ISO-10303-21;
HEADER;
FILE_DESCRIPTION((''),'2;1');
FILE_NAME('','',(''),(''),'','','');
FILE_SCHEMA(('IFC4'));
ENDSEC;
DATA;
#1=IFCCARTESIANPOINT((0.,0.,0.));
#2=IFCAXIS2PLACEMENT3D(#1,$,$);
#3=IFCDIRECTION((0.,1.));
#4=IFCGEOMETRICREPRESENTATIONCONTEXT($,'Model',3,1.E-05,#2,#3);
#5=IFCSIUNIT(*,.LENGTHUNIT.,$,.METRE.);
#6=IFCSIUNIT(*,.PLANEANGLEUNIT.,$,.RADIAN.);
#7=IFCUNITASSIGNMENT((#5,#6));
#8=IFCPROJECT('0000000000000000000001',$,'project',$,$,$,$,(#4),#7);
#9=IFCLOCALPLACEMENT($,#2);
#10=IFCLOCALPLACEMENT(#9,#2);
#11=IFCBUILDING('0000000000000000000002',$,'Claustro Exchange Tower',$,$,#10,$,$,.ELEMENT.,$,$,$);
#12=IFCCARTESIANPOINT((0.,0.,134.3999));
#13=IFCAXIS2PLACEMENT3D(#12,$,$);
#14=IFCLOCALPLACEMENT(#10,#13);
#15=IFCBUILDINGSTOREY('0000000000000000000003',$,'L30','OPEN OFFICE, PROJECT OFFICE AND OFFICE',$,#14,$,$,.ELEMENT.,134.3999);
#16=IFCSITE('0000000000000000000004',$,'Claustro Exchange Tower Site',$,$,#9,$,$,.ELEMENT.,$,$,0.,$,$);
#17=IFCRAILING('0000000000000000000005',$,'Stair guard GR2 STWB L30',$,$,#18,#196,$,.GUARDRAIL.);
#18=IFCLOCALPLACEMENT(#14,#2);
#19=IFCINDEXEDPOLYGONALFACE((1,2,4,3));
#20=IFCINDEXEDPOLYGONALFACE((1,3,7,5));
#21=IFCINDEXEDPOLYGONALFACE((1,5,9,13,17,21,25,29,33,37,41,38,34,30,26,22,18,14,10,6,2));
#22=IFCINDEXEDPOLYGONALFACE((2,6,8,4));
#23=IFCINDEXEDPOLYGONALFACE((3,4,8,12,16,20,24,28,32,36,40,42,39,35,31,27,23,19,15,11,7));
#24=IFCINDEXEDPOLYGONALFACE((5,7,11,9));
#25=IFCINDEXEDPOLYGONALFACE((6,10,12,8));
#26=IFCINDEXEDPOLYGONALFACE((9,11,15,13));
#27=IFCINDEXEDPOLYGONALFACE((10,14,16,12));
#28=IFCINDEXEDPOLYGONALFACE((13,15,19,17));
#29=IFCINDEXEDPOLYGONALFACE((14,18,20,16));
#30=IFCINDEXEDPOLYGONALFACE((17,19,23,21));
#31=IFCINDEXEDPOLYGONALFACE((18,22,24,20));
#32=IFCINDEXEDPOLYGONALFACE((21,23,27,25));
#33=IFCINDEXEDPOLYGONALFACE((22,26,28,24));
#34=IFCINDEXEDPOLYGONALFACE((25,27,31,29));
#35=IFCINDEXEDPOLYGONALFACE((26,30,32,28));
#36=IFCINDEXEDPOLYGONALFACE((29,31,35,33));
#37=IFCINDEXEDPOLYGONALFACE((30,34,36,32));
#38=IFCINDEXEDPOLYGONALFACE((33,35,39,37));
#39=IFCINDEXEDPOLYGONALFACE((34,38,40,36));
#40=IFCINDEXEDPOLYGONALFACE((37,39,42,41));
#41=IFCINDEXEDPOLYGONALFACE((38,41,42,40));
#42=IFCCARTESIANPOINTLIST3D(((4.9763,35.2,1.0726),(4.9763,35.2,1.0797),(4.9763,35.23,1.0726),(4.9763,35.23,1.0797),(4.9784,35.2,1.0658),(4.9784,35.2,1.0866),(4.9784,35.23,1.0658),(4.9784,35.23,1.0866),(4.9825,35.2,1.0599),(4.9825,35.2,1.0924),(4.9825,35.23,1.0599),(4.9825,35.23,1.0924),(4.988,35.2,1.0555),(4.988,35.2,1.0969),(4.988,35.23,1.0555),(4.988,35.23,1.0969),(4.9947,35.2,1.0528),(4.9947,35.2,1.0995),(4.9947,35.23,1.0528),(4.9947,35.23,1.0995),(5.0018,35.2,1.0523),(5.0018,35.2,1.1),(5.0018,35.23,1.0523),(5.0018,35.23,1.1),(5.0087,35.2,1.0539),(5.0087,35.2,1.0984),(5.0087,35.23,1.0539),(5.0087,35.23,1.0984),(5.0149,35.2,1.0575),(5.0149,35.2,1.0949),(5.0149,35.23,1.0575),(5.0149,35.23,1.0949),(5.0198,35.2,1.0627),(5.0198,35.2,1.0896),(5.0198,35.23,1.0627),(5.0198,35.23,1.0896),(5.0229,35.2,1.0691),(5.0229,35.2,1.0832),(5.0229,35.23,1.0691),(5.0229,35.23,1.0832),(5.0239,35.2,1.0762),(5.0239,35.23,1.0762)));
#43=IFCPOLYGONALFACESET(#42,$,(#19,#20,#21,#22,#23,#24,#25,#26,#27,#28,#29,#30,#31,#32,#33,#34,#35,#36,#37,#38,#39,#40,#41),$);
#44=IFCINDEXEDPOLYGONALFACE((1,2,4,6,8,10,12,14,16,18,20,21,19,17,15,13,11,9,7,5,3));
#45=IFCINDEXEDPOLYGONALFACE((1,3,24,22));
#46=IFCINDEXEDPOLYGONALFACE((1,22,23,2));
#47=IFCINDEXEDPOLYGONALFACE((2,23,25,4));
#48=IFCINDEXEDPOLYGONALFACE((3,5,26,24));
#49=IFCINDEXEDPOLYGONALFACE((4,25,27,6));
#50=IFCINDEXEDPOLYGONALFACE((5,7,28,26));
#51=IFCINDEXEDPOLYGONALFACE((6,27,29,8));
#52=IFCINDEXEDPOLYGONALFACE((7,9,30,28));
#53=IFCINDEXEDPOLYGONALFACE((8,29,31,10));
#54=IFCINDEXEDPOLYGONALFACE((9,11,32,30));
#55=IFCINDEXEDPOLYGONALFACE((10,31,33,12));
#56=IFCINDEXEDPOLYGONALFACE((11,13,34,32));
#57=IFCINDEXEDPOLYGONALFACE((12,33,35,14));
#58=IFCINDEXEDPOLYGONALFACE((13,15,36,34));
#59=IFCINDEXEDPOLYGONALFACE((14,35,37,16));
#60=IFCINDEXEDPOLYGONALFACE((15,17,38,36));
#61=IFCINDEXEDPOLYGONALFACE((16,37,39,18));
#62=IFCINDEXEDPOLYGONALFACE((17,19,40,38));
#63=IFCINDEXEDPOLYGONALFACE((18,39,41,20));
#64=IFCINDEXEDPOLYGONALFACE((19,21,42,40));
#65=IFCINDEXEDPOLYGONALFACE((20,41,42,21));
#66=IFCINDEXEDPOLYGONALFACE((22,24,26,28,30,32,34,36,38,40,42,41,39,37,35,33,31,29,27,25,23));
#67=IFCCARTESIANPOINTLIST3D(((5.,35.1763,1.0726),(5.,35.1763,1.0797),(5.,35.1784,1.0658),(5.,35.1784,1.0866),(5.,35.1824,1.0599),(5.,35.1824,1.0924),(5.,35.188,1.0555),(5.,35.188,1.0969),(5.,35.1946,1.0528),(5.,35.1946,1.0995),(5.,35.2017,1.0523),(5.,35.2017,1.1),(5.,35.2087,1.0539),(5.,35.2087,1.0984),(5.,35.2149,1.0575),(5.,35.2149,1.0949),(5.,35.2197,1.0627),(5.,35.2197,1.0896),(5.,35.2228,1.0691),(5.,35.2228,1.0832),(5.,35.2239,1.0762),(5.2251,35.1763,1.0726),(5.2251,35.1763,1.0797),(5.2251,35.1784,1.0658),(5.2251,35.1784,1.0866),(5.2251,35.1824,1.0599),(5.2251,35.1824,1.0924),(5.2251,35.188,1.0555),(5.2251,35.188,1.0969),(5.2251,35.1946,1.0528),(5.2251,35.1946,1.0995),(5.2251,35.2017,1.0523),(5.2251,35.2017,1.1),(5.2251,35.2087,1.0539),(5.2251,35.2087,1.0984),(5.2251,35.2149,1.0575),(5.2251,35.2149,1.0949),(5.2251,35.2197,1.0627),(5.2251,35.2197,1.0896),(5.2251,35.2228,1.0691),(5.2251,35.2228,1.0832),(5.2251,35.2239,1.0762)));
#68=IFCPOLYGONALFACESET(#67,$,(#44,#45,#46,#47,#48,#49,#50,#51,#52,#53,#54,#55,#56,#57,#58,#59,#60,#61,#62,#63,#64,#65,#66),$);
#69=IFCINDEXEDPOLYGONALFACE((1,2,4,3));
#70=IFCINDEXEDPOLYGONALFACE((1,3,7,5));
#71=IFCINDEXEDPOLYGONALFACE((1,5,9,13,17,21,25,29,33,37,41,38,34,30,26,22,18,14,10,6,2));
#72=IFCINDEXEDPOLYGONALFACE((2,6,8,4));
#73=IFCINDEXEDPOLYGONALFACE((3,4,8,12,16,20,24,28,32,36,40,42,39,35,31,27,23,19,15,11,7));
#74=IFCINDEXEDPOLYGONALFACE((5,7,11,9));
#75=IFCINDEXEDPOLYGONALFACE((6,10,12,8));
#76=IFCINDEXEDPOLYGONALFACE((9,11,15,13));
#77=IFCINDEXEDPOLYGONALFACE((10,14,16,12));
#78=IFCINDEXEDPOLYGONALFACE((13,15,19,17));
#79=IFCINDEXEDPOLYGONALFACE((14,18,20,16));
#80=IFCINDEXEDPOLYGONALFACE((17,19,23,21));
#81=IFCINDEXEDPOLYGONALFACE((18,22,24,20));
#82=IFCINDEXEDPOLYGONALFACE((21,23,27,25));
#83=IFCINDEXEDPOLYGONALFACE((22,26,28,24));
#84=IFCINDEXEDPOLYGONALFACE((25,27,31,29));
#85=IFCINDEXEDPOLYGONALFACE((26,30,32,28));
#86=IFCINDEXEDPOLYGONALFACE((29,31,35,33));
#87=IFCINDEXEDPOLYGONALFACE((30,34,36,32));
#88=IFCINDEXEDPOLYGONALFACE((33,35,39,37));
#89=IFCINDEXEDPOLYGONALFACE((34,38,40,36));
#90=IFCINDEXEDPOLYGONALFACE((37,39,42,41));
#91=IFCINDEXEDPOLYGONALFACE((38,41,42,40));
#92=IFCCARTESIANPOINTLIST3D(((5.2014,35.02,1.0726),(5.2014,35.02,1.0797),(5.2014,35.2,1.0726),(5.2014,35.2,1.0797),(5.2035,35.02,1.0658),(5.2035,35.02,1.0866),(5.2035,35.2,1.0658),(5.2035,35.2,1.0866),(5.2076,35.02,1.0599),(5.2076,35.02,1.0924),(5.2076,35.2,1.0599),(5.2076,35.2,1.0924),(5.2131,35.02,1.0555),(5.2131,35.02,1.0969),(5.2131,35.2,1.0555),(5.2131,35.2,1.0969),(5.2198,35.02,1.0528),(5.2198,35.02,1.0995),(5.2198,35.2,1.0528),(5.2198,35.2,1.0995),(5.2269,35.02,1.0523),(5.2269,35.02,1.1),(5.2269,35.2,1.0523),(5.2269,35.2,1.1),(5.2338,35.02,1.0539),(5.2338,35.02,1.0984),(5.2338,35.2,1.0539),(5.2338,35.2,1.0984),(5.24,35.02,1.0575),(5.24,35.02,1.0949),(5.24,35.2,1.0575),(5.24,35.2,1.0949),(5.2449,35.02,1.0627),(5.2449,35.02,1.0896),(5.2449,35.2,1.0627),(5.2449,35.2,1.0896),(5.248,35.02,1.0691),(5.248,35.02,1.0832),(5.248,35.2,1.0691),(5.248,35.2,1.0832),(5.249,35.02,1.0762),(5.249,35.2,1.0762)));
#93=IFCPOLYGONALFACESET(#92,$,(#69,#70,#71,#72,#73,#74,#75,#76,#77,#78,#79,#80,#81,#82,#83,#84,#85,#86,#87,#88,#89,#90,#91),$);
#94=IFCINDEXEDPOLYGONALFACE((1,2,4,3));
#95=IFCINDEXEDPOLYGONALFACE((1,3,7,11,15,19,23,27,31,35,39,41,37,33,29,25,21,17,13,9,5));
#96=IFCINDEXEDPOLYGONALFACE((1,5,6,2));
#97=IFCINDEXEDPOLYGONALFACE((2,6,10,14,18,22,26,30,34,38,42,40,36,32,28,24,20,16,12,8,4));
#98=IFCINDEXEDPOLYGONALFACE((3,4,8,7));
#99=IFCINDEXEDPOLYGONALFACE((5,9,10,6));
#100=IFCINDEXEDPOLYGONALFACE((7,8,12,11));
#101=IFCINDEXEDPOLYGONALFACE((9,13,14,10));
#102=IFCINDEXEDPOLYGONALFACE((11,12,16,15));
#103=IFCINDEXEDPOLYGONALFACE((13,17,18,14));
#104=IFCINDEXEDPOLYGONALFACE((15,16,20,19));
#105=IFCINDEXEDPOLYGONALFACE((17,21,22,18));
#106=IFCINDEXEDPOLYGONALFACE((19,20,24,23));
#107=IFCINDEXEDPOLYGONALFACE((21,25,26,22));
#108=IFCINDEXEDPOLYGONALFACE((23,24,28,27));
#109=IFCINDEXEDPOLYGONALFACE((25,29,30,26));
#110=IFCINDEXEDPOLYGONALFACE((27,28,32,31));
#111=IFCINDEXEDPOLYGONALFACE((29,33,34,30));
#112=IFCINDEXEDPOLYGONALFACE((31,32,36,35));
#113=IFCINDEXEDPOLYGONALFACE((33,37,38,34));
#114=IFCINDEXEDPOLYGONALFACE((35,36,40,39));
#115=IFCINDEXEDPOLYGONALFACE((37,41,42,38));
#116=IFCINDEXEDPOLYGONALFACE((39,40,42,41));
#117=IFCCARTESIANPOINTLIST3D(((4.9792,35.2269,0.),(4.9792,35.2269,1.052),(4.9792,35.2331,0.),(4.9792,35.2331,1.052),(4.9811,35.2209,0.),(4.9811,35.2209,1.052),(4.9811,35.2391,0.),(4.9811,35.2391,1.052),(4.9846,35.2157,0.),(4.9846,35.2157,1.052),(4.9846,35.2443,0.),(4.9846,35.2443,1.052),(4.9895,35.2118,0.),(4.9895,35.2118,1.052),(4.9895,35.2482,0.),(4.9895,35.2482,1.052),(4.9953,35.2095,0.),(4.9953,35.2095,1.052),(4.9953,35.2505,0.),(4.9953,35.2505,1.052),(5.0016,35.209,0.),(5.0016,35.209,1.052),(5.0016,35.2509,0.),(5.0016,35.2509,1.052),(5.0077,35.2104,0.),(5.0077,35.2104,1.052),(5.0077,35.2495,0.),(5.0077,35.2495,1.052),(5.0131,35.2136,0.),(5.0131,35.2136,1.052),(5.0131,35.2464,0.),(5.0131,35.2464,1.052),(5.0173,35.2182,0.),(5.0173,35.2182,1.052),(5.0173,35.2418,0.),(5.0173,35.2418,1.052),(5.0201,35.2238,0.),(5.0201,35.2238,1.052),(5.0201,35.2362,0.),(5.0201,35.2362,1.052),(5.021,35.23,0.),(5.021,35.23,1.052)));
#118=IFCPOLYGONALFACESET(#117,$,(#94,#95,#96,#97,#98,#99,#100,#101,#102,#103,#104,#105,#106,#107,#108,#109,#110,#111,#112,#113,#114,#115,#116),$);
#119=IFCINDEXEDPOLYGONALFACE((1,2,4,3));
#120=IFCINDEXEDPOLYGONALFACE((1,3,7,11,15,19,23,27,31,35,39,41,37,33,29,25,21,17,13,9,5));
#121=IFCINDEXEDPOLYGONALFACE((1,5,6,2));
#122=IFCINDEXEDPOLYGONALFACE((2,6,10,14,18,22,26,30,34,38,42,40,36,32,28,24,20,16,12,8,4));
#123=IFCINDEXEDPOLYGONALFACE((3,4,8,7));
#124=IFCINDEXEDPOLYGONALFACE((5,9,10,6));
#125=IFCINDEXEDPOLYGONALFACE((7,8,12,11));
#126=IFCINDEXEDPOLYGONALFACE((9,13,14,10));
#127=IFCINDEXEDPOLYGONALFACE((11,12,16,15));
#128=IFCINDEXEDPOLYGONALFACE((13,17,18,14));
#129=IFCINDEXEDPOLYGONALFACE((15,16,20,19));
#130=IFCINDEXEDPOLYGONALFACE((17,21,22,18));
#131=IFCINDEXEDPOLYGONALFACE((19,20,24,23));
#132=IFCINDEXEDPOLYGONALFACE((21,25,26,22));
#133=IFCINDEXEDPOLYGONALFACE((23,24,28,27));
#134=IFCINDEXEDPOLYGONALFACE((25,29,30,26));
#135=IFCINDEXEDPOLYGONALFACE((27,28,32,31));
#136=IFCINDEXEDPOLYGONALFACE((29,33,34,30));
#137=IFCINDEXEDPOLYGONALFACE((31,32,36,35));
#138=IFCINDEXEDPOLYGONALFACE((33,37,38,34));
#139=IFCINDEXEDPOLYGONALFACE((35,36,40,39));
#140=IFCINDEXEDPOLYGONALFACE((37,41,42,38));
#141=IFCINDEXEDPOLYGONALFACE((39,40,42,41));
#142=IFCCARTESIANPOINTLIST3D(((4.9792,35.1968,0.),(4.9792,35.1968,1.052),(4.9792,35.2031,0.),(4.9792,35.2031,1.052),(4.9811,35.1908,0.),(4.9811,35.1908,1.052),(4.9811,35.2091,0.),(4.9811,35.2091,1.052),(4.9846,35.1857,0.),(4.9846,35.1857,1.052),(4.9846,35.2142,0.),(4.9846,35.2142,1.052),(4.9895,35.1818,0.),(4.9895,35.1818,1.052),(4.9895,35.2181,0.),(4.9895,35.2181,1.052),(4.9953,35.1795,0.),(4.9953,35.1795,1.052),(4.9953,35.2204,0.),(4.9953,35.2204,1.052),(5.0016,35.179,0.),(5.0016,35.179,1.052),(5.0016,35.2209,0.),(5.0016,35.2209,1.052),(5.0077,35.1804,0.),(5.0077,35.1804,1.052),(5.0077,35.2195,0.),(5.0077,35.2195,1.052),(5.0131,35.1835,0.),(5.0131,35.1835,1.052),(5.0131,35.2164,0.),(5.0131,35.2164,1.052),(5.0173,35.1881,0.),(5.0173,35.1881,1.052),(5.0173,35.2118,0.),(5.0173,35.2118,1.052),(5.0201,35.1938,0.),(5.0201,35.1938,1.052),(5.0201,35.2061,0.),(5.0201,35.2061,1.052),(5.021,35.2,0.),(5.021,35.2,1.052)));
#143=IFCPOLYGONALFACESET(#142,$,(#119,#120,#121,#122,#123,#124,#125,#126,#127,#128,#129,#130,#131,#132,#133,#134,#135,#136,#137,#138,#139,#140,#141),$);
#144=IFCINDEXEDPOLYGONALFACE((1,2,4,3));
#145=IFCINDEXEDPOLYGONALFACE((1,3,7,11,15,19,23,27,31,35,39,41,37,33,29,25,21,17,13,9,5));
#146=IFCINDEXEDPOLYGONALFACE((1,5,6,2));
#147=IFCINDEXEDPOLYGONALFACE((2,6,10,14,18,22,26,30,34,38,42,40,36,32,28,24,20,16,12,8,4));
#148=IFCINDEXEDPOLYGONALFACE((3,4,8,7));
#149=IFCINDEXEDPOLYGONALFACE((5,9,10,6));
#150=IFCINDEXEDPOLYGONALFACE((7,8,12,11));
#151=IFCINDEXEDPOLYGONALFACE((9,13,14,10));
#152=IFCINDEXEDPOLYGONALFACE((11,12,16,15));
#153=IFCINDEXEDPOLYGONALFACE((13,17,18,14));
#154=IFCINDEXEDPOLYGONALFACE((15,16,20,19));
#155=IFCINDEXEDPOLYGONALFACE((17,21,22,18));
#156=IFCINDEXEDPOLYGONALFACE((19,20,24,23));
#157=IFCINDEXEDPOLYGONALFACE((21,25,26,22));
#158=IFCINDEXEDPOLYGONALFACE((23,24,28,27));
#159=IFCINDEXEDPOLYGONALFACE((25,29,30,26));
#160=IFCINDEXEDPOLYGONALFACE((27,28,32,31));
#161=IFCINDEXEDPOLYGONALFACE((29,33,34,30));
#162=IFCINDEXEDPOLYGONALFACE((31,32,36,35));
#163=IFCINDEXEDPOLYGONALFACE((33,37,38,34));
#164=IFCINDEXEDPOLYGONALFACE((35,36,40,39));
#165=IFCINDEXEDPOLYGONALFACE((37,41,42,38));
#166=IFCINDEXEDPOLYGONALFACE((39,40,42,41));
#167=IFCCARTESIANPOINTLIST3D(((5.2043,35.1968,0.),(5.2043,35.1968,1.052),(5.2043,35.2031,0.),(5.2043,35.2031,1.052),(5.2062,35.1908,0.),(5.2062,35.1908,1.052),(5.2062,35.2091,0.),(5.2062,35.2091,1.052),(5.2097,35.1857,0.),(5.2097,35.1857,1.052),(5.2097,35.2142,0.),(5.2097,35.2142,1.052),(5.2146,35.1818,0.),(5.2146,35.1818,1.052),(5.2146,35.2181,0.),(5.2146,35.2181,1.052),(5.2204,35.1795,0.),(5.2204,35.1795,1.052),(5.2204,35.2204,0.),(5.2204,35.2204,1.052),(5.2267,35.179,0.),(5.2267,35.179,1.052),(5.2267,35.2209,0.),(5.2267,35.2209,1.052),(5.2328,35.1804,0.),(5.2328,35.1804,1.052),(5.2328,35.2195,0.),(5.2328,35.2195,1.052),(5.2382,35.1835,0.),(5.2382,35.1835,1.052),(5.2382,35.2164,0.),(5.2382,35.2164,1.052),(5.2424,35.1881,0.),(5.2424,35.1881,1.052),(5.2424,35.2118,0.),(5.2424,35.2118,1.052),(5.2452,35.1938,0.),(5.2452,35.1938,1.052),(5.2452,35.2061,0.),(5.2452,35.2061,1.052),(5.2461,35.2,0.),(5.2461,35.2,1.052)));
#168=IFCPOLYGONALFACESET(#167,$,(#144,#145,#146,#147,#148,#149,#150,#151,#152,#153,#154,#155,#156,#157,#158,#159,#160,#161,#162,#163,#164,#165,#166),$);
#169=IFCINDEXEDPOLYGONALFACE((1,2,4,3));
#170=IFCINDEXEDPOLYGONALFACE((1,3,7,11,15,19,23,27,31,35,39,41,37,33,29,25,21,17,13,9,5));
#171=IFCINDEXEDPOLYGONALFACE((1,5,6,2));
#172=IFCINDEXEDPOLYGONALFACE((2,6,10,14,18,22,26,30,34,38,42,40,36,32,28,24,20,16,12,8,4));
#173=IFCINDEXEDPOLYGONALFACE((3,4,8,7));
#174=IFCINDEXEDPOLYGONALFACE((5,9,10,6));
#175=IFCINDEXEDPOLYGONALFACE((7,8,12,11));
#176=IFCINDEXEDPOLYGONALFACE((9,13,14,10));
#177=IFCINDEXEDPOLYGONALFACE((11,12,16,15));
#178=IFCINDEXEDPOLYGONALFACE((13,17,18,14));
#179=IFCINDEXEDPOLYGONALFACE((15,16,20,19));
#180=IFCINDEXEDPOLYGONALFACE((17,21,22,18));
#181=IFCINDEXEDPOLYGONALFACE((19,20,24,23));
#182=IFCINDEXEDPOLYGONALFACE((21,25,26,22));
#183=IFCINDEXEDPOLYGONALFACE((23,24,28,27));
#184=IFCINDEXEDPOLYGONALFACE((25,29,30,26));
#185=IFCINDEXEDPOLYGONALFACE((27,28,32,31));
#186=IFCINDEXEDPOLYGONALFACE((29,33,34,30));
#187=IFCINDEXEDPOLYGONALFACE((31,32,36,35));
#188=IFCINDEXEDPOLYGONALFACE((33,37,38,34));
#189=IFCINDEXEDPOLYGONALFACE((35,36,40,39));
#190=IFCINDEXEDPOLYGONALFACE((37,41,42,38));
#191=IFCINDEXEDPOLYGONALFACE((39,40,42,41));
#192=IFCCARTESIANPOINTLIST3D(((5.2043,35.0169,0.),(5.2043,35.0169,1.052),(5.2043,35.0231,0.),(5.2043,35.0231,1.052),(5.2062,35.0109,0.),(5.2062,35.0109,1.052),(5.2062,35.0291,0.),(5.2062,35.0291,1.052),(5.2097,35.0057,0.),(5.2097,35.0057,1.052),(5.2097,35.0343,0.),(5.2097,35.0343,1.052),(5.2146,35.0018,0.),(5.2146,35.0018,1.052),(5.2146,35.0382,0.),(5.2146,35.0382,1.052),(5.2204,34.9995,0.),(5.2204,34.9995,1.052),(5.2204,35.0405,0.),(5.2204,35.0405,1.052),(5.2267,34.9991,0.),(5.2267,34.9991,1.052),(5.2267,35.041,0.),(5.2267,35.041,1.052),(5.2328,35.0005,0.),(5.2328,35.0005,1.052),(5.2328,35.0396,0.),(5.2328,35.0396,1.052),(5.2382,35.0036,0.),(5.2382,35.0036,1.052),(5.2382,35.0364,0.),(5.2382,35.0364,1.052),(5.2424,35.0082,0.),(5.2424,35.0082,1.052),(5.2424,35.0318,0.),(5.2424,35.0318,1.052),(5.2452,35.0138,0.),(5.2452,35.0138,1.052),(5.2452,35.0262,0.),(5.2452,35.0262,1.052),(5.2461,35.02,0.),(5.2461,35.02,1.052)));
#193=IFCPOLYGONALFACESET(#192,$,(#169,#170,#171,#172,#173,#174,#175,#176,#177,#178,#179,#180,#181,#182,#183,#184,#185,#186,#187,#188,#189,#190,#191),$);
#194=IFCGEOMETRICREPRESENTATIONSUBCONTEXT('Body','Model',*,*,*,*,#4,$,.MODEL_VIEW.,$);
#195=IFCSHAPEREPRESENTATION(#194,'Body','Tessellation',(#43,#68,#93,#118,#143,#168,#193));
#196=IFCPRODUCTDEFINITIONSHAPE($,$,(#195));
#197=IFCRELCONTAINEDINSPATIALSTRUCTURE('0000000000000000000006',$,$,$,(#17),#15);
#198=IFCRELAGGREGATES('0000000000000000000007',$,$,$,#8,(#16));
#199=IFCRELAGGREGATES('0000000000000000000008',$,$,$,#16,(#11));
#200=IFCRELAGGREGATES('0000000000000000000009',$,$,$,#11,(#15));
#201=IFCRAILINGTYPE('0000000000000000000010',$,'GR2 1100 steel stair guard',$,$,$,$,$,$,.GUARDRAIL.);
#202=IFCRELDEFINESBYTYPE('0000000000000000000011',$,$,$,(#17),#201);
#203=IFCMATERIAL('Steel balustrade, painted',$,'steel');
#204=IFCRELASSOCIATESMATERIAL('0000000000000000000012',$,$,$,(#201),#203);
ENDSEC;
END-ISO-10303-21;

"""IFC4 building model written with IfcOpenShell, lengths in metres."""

from ifc_helpers import new_model, si_unit, direction, frame, origin, origin_2d, place, context, subcontext, project, spatial, circle, extrude, material, type_object, element, save


model = new_model("IFC4")

# Units and contexts
model_context = context("Model", 3, precision=1e-05, world=origin(), true_north=direction((0.0, 1.0)))
body_context = subcontext(model_context, "Body", "Model", "MODEL_VIEW")
ifc_project = project(units=[si_unit("LENGTHUNIT", "METRE"), si_unit("PLANEANGLEUNIT", "RADIAN")], contexts=[model_context])

# Site, building, storey
site_placement = place(None, origin())
site = spatial("IfcSite", under=ifc_project, at=site_placement, Name="Claustro Exchange Tower Site", CompositionType="ELEMENT", RefElevation=0.0)
building_placement = place(site_placement, origin())
building = spatial("IfcBuilding", under=site, at=building_placement, Name="Claustro Exchange Tower", CompositionType="ELEMENT")
storey_placement = place(building_placement, frame((0.0, 0.0, 134.3999)))
storey = spatial("IfcBuildingStorey", under=building, at=storey_placement, Name="L30", Description="OPEN OFFICE, PROJECT OFFICE AND OFFICE", CompositionType="ELEMENT", Elevation=134.3999)

# Railing
ifc_material_1 = material(Name="Steel balustrade, painted", Category="steel")
railing_type_1 = type_object("IfcRailingType", Name="GR2 1100 steel stair guard", PredefinedType="GUARDRAIL", material=ifc_material_1)
railing_1_placement = place(storey_placement, frame((5.0, 35.23, 0.0)))
element("IfcRailing", 1, at=railing_1_placement, inside=storey, type_object=railing_type_1, Name="Stair guard GR2 STWB L30", PredefinedType="GUARDRAIL", context=body_context, shape_type="SweptSolid", body=[
    extrude(circle(Radius=0.0239, at=origin_2d()), frame((0.0, 0.0, 1.0762), z_axis=(0.0, -1.0, 0.0), x_axis=(1.0, 0.0, 0.0)), (0.0, 0.0, 1.0), 0.03),
    extrude(circle(Radius=0.0239, at=origin_2d()), frame((0.0, -0.03, 1.0762), z_axis=(1.0, 0.0, 0.0), x_axis=(0.0, 1.0, 0.0)), (0.0, 0.0, 1.0), 0.2251),
    extrude(circle(Radius=0.0239, at=origin_2d()), frame((0.2251, -0.03, 1.0762), z_axis=(0.0, -1.0, 0.0), x_axis=(1.0, 0.0, 0.0)), (0.0, 0.0, 1.0), 0.1799),
    extrude(circle(Radius=0.021, at=origin_2d()), origin(), (0.0, 0.0, 1.0), 1.052),
    extrude(circle(Radius=0.021, at=origin_2d()), frame((0.0, -0.03, 0.0)), (0.0, 0.0, 1.0), 1.052),
    extrude(circle(Radius=0.021, at=origin_2d()), frame((0.2251, -0.03, 0.0)), (0.0, 0.0, 1.0), 1.052),
    extrude(circle(Radius=0.021, at=origin_2d()), frame((0.2251, -0.21, 0.0)), (0.0, 0.0, 1.0), 1.052),
])

save(model, "model.ifc")
